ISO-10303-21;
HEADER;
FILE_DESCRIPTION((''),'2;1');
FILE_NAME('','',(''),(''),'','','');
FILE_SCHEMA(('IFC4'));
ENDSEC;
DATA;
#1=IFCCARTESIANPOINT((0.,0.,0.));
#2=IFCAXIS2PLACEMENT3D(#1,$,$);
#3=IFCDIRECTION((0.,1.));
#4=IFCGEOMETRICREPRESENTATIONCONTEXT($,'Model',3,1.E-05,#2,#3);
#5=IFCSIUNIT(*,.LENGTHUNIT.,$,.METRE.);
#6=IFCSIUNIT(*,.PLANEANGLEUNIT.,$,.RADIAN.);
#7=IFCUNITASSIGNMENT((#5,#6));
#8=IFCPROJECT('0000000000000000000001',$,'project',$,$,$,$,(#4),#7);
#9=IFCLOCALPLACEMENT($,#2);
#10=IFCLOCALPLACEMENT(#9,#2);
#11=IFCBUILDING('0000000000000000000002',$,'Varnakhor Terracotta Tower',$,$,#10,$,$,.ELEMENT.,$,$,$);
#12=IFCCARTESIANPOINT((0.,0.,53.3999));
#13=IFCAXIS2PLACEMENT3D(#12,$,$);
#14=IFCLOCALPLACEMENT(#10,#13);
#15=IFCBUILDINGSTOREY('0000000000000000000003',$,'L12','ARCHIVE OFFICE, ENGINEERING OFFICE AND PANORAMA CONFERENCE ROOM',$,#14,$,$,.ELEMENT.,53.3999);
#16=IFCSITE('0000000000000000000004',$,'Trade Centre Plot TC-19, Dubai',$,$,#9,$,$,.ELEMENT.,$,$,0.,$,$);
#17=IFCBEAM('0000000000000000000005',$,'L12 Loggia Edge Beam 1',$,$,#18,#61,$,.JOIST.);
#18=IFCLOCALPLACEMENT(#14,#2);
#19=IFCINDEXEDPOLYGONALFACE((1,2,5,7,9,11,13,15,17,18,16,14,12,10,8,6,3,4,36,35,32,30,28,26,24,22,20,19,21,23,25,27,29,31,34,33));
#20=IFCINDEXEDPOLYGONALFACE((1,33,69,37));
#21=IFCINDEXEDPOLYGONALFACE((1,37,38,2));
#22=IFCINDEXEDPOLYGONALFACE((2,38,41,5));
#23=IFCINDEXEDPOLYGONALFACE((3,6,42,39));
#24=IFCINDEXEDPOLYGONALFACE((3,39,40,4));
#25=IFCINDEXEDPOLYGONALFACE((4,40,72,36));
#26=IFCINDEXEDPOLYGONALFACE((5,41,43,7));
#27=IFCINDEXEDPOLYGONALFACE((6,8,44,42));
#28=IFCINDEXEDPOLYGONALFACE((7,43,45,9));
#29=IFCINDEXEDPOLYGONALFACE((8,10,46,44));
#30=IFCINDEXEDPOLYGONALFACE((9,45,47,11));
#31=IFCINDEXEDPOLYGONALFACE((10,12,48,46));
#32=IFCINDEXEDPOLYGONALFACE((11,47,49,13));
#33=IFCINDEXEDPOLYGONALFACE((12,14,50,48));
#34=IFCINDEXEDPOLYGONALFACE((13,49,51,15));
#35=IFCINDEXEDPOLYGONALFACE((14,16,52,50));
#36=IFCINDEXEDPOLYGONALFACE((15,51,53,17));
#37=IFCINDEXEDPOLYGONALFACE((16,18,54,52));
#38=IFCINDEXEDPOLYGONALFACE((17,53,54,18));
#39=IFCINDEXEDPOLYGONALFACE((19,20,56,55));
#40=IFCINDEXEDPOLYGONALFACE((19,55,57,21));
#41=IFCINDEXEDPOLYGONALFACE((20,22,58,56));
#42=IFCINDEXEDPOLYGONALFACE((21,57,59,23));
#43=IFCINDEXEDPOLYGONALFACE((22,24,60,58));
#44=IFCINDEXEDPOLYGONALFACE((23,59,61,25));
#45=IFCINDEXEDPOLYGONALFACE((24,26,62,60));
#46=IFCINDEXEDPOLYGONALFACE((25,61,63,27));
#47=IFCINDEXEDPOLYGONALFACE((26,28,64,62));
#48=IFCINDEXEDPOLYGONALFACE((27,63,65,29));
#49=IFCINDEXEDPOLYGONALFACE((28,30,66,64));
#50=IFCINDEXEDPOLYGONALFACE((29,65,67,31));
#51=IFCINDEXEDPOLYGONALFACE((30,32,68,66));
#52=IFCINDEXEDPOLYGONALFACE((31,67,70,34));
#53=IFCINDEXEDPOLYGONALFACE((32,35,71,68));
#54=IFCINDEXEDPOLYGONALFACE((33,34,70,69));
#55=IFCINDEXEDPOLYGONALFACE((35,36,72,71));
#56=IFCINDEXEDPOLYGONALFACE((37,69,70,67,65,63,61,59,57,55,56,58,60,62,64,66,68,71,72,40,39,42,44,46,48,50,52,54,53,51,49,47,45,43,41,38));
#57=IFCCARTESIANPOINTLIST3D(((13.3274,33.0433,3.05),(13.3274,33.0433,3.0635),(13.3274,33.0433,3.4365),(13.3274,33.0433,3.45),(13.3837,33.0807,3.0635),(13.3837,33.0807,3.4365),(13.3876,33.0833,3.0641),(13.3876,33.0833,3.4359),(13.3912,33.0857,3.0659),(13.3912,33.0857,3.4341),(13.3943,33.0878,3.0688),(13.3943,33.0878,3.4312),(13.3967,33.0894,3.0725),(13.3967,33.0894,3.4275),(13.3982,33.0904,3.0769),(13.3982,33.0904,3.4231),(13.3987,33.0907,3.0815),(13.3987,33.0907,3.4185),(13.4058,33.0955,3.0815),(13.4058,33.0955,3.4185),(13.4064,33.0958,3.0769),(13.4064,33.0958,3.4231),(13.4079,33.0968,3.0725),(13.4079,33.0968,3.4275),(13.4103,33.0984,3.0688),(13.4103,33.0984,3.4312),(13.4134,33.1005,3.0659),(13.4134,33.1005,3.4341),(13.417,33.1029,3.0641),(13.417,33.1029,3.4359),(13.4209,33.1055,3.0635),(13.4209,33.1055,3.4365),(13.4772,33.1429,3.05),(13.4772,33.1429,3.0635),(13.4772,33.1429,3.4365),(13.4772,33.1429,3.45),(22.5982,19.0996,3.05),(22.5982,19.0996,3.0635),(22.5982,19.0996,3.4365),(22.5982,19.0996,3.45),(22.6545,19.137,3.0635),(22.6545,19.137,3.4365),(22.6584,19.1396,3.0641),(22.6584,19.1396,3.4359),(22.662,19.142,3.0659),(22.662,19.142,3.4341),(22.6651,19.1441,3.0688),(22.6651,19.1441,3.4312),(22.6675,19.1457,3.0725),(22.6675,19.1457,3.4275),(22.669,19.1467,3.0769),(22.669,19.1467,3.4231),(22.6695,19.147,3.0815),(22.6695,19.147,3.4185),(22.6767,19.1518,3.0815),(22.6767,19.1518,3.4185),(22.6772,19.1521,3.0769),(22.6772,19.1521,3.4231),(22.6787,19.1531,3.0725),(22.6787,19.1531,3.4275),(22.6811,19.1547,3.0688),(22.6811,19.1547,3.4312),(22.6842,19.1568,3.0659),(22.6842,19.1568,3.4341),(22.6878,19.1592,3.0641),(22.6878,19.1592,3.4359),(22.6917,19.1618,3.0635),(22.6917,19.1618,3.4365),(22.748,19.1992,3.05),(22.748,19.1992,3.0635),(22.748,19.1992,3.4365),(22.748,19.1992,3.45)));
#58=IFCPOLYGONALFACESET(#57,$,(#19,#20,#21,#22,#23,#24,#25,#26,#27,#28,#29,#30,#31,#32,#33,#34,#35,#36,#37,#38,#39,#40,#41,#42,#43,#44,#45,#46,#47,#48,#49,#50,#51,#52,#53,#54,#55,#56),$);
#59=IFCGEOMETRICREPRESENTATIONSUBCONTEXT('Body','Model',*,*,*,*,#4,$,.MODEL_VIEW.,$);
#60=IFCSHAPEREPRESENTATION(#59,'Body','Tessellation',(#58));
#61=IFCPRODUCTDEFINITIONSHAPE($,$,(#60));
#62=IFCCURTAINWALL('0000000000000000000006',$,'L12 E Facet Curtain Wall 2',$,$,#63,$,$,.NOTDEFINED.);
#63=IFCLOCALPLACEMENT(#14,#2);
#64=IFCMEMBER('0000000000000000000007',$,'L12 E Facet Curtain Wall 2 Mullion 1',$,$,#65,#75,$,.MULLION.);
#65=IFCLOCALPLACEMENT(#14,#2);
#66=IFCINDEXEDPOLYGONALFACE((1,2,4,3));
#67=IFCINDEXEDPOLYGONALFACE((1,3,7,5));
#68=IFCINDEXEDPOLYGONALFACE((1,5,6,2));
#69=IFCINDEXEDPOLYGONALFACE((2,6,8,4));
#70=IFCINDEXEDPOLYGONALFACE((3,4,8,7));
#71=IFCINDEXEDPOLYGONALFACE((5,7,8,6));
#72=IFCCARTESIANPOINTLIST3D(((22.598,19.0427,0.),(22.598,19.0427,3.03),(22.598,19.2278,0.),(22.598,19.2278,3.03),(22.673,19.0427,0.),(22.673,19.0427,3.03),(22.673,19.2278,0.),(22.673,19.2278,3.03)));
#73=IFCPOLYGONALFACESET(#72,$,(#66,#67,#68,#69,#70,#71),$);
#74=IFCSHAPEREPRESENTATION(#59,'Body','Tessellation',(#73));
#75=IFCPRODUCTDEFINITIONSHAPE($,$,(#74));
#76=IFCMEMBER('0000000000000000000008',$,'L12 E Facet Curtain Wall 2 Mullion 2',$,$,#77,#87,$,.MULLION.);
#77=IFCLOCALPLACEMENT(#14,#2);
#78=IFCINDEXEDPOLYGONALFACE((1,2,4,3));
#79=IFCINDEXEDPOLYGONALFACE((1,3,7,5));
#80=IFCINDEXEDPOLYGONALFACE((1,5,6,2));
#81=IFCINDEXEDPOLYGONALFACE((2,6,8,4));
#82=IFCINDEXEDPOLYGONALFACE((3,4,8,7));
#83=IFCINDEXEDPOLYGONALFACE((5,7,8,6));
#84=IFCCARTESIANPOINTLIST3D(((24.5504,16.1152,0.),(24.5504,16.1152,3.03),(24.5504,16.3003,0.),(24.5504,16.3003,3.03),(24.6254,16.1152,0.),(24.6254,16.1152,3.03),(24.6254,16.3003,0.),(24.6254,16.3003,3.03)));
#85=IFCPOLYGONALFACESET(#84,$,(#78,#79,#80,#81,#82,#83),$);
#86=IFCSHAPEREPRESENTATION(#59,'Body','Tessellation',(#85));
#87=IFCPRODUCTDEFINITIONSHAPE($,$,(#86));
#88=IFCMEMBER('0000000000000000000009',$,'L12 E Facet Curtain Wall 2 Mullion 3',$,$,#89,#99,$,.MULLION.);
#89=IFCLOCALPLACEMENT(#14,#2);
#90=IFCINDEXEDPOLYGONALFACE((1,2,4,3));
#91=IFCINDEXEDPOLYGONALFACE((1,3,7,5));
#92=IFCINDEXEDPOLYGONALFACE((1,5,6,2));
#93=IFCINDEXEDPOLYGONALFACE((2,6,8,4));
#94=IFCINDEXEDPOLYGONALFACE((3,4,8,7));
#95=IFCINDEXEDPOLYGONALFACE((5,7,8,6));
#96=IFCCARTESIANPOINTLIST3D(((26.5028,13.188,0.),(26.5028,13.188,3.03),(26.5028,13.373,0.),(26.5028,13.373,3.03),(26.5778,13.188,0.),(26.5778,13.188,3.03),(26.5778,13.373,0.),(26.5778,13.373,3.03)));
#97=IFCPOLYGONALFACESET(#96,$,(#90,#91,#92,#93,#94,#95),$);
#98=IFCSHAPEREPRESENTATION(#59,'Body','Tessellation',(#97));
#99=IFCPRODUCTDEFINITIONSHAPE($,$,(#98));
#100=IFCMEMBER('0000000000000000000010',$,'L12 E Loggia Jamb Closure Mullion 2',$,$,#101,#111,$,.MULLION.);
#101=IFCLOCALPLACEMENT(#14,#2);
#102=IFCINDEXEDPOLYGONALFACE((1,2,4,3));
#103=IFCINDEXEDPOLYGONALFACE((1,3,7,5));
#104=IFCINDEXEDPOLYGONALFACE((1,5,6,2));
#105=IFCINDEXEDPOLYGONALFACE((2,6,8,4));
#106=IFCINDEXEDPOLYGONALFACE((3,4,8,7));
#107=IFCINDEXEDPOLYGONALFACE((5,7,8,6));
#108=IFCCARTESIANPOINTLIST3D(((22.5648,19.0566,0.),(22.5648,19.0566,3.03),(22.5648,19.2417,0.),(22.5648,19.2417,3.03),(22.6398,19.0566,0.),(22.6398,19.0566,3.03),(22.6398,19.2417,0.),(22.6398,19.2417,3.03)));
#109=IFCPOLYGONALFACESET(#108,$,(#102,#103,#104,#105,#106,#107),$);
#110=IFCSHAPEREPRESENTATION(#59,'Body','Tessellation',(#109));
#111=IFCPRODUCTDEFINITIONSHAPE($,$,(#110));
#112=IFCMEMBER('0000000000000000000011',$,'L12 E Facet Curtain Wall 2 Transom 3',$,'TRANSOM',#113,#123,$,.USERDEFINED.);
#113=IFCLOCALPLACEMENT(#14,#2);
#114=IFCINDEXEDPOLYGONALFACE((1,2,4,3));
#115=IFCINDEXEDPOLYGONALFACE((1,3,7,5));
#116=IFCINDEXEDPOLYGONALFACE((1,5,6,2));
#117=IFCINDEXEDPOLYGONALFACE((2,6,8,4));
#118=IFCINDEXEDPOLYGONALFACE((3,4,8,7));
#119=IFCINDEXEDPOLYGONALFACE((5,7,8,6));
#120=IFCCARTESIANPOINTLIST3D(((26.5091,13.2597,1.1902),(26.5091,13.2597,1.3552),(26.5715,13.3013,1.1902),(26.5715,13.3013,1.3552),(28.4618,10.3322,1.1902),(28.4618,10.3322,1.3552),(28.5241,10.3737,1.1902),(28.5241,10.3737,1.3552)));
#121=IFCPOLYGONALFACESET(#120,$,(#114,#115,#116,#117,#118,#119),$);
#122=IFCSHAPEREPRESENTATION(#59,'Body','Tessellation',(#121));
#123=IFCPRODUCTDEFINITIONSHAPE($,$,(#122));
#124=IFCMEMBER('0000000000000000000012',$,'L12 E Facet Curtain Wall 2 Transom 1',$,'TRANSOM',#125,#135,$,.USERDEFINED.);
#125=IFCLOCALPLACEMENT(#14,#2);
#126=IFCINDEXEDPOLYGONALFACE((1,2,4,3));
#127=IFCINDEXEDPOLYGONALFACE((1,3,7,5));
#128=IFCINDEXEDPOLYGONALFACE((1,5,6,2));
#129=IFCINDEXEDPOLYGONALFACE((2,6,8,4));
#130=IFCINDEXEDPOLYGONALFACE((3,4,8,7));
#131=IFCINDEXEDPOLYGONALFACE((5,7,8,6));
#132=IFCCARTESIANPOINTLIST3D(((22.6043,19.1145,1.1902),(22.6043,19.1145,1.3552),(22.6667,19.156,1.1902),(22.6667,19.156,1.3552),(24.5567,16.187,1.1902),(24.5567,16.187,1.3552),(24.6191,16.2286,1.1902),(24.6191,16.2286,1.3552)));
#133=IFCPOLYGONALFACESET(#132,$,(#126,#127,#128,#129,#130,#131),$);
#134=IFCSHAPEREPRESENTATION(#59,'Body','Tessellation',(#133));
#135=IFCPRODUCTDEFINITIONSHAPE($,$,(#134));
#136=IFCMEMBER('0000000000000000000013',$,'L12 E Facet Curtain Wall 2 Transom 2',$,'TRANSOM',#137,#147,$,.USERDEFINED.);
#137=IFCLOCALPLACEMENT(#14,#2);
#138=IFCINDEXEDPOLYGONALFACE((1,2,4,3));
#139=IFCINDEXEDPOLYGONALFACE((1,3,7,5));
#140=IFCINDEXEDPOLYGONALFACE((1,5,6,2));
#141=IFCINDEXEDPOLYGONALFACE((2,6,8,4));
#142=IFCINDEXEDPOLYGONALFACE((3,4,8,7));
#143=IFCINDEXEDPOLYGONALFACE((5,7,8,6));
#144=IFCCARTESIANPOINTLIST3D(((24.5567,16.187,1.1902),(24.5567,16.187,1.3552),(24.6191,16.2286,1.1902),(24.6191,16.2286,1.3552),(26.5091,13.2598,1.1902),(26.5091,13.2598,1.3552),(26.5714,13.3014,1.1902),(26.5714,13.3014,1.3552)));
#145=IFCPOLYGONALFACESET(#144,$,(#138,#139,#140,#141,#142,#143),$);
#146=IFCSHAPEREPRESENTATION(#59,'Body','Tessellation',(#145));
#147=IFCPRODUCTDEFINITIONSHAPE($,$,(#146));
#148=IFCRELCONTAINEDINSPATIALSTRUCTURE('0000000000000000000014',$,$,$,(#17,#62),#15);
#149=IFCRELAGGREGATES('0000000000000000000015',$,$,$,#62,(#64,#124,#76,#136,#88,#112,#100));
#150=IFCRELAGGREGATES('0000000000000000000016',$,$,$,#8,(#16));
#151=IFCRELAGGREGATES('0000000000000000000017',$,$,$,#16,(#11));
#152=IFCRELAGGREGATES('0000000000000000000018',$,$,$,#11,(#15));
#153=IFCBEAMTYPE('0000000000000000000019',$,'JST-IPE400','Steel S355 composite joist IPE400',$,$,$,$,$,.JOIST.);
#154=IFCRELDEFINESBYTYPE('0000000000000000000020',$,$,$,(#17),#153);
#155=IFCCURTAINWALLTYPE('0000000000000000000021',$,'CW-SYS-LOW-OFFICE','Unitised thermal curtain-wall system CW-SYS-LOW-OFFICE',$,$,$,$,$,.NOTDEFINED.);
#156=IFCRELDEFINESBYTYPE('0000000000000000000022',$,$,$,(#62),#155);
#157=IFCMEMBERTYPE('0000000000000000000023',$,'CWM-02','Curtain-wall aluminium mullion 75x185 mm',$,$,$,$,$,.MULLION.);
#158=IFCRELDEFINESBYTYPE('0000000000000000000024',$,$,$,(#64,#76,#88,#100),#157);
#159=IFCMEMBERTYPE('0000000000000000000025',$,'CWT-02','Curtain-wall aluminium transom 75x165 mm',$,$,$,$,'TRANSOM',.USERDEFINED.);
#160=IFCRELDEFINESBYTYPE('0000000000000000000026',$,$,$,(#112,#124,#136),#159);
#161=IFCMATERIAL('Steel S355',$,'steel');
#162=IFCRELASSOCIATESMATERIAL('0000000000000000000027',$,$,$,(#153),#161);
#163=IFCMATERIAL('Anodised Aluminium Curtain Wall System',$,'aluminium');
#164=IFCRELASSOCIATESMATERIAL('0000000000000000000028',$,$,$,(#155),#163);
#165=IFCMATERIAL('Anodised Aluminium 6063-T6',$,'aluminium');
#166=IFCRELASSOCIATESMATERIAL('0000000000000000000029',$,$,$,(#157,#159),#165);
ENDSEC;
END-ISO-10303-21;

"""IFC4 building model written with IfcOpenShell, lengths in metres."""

from ifc_helpers import new_model, si_unit, direction, frame, origin, origin_2d, place, context, subcontext, project, spatial, rectangle, i_section, extrude, source, transform, mapped, material, material_profile, profile_set, type_object, type_shapes, element, aggregate, save


model = new_model("IFC4")

# Units and contexts
model_context = context("Model", 3, precision=1e-05, world=origin(), true_north=direction((0.0, 1.0)))
body_context = subcontext(model_context, "Body", "Model", "MODEL_VIEW")
ifc_project = project(units=[si_unit("LENGTHUNIT", "METRE"), si_unit("PLANEANGLEUNIT", "RADIAN")], contexts=[model_context])

# Site, building, storey
site_placement = place(None, origin())
site = spatial("IfcSite", under=ifc_project, at=site_placement, Name="Trade Centre Plot TC-19, Dubai", CompositionType="ELEMENT", RefElevation=0.0)
building_placement = place(site_placement, origin())
building = spatial("IfcBuilding", under=site, at=building_placement, Name="Varnakhor Terracotta Tower", CompositionType="ELEMENT")
storey_placement = place(building_placement, frame((0.0, 0.0, 53.3999)))
storey = spatial("IfcBuildingStorey", under=building, at=storey_placement, Name="L12", Description="ARCHIVE OFFICE, ENGINEERING OFFICE AND PANORAMA CONFERENCE ROOM", CompositionType="ELEMENT", Elevation=53.3999)

# Beam
ifc_material_1 = material(Name="Steel S355", Category="steel")
ifc_material_profile_1 = material_profile(ifc_material_1, i_section(OverallWidth=0.1799, OverallDepth=0.3999, WebThickness=0.0085, FlangeThickness=0.0134, FilletRadius=0.0181, at=origin_2d()), Name="IPE400")
ifc_profile_set_1 = profile_set([ifc_material_profile_1], Name="Steel S355")
beam_type = type_object("IfcBeamType", Name="JST-IPE400", Description="Steel S355 composite joist IPE400", PredefinedType="JOIST", material=ifc_profile_set_1)
shared_shape_1 = source(origin(), body_context, "Body", "SweptSolid", [
    extrude(i_section(OverallWidth=0.1799, OverallDepth=0.3999, WebThickness=0.0085, FlangeThickness=0.0134, FilletRadius=0.0181, at=origin_2d()), origin(), (0.0, 0.0, 1.0), 16.7444),
])
beam_1_placement = place(storey_placement, frame((22.6731, 19.1494, 3.25), z_axis=(-0.553667, 0.832738, 0.0), x_axis=(-0.832738, -0.553667, 0.0)))
element("IfcBeam", 1, at=beam_1_placement, inside=storey, type_object=beam_type, Name="L12 Loggia Edge Beam 1", PredefinedType="JOIST", context=body_context, shape_type="MappedRepresentation", body=[
    mapped(shared_shape_1, transform((0.0, 0.0, 0.0), scale=1.0)),
])

# Curtain wall, members
ifc_material_2 = material(Name="Anodised Aluminium Curtain Wall System", Category="aluminium")
curtain_wall_type = type_object("IfcCurtainWallType", Name="CW-SYS-LOW-OFFICE", Description="Unitised thermal curtain-wall system CW-SYS-LOW-OFFICE", PredefinedType="NOTDEFINED", material=ifc_material_2)
curtain_wall_placement = place(storey_placement, origin())
curtain_wall = element("IfcCurtainWall", 2, at=curtain_wall_placement, inside=storey, type_object=curtain_wall_type, Name="L12 E Facet Curtain Wall 2", PredefinedType="NOTDEFINED")
ifc_material_3 = material(Name="Anodised Aluminium 6063-T6", Category="aluminium")
ifc_material_profile_2 = material_profile(ifc_material_3, rectangle(XDim=0.075, YDim=0.1851, at=origin_2d()), Name="ALU MULLION 75x185")
ifc_profile_set_2 = profile_set([ifc_material_profile_2], Name="Anodised Aluminium 6063-T6")
member_type_1 = type_object("IfcMemberType", Name="CWM-02", Description="Curtain-wall aluminium mullion 75x185 mm", PredefinedType="MULLION", material=ifc_profile_set_2)
shared_shape_2 = source(origin(), body_context, "Body", "SweptSolid", [
    extrude(rectangle(XDim=0.075, YDim=0.1851, at=origin_2d()), origin(), (0.0, 0.0, 1.0), 3.03),
])
type_shapes(member_type_1, [shared_shape_2])
member_1_placement = place(storey_placement, frame((22.6355, 19.1353, 0.0), z_axis=(0.0, 0.0, 1.0), x_axis=(1.0, 0.0, 0.0)))
member_1 = element("IfcMember", 3, at=member_1_placement, type_object=member_type_1, Name="L12 E Facet Curtain Wall 2 Mullion 1", PredefinedType="MULLION", context=body_context, shape_type="MappedRepresentation", body=[
    mapped(shared_shape_2, transform((0.0, 0.0, 0.0), scale=1.0)),
])
member_2_placement = place(storey_placement, frame((24.5879, 16.2078, 0.0), z_axis=(0.0, 0.0, 1.0), x_axis=(1.0, 0.0, 0.0)))
member_2 = element("IfcMember", 4, at=member_2_placement, type_object=member_type_1, Name="L12 E Facet Curtain Wall 2 Mullion 2", PredefinedType="MULLION", context=body_context, shape_type="MappedRepresentation", body=[
    mapped(shared_shape_2, transform((0.0, 0.0, 0.0), scale=1.0)),
])
member_3_placement = place(storey_placement, frame((26.5403, 13.2805, 0.0), z_axis=(0.0, 0.0, 1.0), x_axis=(1.0, 0.0, 0.0)))
member_3 = element("IfcMember", 5, at=member_3_placement, type_object=member_type_1, Name="L12 E Facet Curtain Wall 2 Mullion 3", PredefinedType="MULLION", context=body_context, shape_type="MappedRepresentation", body=[
    mapped(shared_shape_2, transform((0.0, 0.0, 0.0), scale=1.0)),
])
member_4_placement = place(storey_placement, frame((22.6023, 19.1492, 0.0), z_axis=(0.0, 0.0, 1.0), x_axis=(1.0, 0.0, 0.0)))
member_4 = element("IfcMember", 6, at=member_4_placement, type_object=member_type_1, Name="L12 E Loggia Jamb Closure Mullion 2", PredefinedType="MULLION", context=body_context, shape_type="MappedRepresentation", body=[
    mapped(shared_shape_2, transform((0.0, 0.0, 0.0), scale=1.0)),
])
ifc_material_profile_3 = material_profile(ifc_material_3, rectangle(XDim=0.075, YDim=0.165, at=origin_2d()), Name="ALU TRANSOM 75x165")
ifc_profile_set_3 = profile_set([ifc_material_profile_3], Name="Anodised Aluminium 6063-T6")
member_type_2 = type_object("IfcMemberType", Name="CWT-02", Description="Curtain-wall aluminium transom 75x165 mm", ElementType="TRANSOM", PredefinedType="USERDEFINED", material=ifc_profile_set_3)
shared_shape_3 = source(origin(), body_context, "Body", "SweptSolid", [
    extrude(rectangle(XDim=0.075, YDim=0.165, at=origin_2d()), origin(), (0.0, 0.0, 1.0), 3.519),
])
member_5_placement = place(storey_placement, frame((26.5403, 13.2805, 1.2727), z_axis=(0.554892, -0.831922, 0.0), x_axis=(0.831922, 0.554892, 0.0)))
member_5 = element("IfcMember", 7, at=member_5_placement, type_object=member_type_2, Name="L12 E Facet Curtain Wall 2 Transom 3", ObjectType="TRANSOM", PredefinedType="USERDEFINED", context=body_context, shape_type="MappedRepresentation", body=[
    mapped(shared_shape_3, transform((0.0, 0.0, 0.0), scale=1.0)),
])
shared_shape_4 = source(origin(), body_context, "Body", "SweptSolid", [
    extrude(rectangle(XDim=0.075, YDim=0.165, at=origin_2d()), origin(), (0.0, 0.0, 1.0), 3.5188),
])
member_6_placement = place(storey_placement, frame((22.6355, 19.1353, 1.2727), z_axis=(0.554844, -0.831954, 0.0), x_axis=(0.831954, 0.554844, 0.0)))
member_6 = element("IfcMember", 8, at=member_6_placement, type_object=member_type_2, Name="L12 E Facet Curtain Wall 2 Transom 1", ObjectType="TRANSOM", PredefinedType="USERDEFINED", context=body_context, shape_type="MappedRepresentation", body=[
    mapped(shared_shape_4, transform((0.0, 0.0, 0.0), scale=1.0)),
])
shared_shape_5 = source(origin(), body_context, "Body", "SweptSolid", [
    extrude(rectangle(XDim=0.075, YDim=0.165, at=origin_2d()), origin(), (0.0, 0.0, 1.0), 3.5186),
])
member_7_placement = place(storey_placement, frame((24.5879, 16.2078, 1.2727), z_axis=(0.554876, -0.831933, 0.0), x_axis=(0.831933, 0.554876, 0.0)))
member_7 = element("IfcMember", 9, at=member_7_placement, type_object=member_type_2, Name="L12 E Facet Curtain Wall 2 Transom 2", ObjectType="TRANSOM", PredefinedType="USERDEFINED", context=body_context, shape_type="MappedRepresentation", body=[
    mapped(shared_shape_5, transform((0.0, 0.0, 0.0), scale=1.0)),
])

aggregate(curtain_wall, [member_1, member_6, member_2, member_7, member_3, member_5, member_4])

save(model, "model.ifc")
